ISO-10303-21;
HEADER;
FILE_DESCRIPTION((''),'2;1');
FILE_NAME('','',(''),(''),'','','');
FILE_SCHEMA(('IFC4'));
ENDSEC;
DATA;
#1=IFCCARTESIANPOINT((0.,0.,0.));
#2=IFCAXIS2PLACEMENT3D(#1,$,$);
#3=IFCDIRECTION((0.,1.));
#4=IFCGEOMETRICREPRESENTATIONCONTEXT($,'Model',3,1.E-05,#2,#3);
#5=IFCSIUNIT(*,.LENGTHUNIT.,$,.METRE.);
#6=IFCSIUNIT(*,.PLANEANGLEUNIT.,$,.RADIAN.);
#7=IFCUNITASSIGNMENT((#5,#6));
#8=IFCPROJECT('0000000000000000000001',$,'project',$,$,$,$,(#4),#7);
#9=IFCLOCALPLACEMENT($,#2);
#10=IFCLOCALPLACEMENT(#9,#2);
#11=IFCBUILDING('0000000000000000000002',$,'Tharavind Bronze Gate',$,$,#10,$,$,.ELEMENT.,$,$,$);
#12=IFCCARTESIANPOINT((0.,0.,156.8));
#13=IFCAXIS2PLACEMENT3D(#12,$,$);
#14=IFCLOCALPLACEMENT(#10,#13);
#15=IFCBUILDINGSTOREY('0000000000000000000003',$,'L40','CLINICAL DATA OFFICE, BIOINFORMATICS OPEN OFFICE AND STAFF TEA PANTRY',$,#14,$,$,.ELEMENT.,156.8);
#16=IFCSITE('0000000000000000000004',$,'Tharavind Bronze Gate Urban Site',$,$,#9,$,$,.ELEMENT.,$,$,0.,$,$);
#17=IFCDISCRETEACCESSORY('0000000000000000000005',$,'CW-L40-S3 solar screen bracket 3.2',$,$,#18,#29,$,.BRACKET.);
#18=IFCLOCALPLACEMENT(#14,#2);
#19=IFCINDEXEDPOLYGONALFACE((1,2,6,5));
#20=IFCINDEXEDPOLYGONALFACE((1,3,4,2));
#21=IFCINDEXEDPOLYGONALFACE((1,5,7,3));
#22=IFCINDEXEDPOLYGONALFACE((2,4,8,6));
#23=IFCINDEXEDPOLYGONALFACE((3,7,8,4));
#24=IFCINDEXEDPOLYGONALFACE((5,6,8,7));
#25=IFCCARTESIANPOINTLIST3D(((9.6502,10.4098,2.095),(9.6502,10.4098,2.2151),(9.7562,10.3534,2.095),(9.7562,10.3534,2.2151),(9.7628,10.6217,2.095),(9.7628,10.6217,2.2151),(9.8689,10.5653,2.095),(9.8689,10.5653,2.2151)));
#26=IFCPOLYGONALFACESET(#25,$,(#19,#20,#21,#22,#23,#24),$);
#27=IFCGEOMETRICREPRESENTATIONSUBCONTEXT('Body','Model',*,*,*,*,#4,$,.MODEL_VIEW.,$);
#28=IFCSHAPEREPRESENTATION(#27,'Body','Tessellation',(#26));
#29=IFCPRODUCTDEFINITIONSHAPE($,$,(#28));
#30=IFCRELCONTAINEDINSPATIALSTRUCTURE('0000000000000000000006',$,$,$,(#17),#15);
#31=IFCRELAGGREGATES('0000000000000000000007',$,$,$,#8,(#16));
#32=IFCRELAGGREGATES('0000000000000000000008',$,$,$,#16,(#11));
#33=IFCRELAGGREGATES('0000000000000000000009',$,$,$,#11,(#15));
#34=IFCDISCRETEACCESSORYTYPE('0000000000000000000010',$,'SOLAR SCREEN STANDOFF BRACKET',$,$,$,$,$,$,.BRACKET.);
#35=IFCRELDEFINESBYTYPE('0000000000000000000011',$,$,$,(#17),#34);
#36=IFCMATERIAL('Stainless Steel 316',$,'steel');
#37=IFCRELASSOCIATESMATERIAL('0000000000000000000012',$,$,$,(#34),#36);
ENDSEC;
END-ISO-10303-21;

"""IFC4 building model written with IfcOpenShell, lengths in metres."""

from ifc_helpers import new_model, si_unit, direction, frame, origin, origin_2d, place, context, subcontext, project, spatial, rectangle, extrude, material, type_object, element, save


model = new_model("IFC4")

# Units and contexts
model_context = context("Model", 3, precision=1e-05, world=origin(), true_north=direction((0.0, 1.0)))
body_context = subcontext(model_context, "Body", "Model", "MODEL_VIEW")
ifc_project = project(units=[si_unit("LENGTHUNIT", "METRE"), si_unit("PLANEANGLEUNIT", "RADIAN")], contexts=[model_context])

# Site, building, storey
site_placement = place(None, origin())
site = spatial("IfcSite", under=ifc_project, at=site_placement, Name="Tharavind Bronze Gate Urban Site", CompositionType="ELEMENT", RefElevation=0.0)
building_placement = place(site_placement, origin())
building = spatial("IfcBuilding", under=site, at=building_placement, Name="Tharavind Bronze Gate", CompositionType="ELEMENT")
storey_placement = place(building_placement, frame((0.0, 0.0, 156.8)))
storey = spatial("IfcBuildingStorey", under=building, at=storey_placement, Name="L40", Description="CLINICAL DATA OFFICE, BIOINFORMATICS OPEN OFFICE AND STAFF TEA PANTRY", CompositionType="ELEMENT", Elevation=156.8)

# Discrete accessory
ifc_material_1 = material(Name="Stainless Steel 316", Category="steel")
discrete_accessory_type = type_object("IfcDiscreteAccessoryType", Name="SOLAR SCREEN STANDOFF BRACKET", PredefinedType="BRACKET", material=ifc_material_1)
discrete_accessory_placement = place(storey_placement, frame((9.7595, 10.4875, 2.095), z_axis=(0.0, 0.0, 1.0), x_axis=(-0.882948, 0.469472, 0.0)))
element("IfcDiscreteAccessory", 1, at=discrete_accessory_placement, inside=storey, type_object=discrete_accessory_type, Name="CW-L40-S3 solar screen bracket 3.2", PredefinedType="BRACKET", context=body_context, shape_type="SweptSolid", body=[
    extrude(rectangle(XDim=0.1201, YDim=0.24, at=origin_2d()), origin(), (0.0, 0.0, 1.0), 0.1201),
])

save(model, "model.ifc")
